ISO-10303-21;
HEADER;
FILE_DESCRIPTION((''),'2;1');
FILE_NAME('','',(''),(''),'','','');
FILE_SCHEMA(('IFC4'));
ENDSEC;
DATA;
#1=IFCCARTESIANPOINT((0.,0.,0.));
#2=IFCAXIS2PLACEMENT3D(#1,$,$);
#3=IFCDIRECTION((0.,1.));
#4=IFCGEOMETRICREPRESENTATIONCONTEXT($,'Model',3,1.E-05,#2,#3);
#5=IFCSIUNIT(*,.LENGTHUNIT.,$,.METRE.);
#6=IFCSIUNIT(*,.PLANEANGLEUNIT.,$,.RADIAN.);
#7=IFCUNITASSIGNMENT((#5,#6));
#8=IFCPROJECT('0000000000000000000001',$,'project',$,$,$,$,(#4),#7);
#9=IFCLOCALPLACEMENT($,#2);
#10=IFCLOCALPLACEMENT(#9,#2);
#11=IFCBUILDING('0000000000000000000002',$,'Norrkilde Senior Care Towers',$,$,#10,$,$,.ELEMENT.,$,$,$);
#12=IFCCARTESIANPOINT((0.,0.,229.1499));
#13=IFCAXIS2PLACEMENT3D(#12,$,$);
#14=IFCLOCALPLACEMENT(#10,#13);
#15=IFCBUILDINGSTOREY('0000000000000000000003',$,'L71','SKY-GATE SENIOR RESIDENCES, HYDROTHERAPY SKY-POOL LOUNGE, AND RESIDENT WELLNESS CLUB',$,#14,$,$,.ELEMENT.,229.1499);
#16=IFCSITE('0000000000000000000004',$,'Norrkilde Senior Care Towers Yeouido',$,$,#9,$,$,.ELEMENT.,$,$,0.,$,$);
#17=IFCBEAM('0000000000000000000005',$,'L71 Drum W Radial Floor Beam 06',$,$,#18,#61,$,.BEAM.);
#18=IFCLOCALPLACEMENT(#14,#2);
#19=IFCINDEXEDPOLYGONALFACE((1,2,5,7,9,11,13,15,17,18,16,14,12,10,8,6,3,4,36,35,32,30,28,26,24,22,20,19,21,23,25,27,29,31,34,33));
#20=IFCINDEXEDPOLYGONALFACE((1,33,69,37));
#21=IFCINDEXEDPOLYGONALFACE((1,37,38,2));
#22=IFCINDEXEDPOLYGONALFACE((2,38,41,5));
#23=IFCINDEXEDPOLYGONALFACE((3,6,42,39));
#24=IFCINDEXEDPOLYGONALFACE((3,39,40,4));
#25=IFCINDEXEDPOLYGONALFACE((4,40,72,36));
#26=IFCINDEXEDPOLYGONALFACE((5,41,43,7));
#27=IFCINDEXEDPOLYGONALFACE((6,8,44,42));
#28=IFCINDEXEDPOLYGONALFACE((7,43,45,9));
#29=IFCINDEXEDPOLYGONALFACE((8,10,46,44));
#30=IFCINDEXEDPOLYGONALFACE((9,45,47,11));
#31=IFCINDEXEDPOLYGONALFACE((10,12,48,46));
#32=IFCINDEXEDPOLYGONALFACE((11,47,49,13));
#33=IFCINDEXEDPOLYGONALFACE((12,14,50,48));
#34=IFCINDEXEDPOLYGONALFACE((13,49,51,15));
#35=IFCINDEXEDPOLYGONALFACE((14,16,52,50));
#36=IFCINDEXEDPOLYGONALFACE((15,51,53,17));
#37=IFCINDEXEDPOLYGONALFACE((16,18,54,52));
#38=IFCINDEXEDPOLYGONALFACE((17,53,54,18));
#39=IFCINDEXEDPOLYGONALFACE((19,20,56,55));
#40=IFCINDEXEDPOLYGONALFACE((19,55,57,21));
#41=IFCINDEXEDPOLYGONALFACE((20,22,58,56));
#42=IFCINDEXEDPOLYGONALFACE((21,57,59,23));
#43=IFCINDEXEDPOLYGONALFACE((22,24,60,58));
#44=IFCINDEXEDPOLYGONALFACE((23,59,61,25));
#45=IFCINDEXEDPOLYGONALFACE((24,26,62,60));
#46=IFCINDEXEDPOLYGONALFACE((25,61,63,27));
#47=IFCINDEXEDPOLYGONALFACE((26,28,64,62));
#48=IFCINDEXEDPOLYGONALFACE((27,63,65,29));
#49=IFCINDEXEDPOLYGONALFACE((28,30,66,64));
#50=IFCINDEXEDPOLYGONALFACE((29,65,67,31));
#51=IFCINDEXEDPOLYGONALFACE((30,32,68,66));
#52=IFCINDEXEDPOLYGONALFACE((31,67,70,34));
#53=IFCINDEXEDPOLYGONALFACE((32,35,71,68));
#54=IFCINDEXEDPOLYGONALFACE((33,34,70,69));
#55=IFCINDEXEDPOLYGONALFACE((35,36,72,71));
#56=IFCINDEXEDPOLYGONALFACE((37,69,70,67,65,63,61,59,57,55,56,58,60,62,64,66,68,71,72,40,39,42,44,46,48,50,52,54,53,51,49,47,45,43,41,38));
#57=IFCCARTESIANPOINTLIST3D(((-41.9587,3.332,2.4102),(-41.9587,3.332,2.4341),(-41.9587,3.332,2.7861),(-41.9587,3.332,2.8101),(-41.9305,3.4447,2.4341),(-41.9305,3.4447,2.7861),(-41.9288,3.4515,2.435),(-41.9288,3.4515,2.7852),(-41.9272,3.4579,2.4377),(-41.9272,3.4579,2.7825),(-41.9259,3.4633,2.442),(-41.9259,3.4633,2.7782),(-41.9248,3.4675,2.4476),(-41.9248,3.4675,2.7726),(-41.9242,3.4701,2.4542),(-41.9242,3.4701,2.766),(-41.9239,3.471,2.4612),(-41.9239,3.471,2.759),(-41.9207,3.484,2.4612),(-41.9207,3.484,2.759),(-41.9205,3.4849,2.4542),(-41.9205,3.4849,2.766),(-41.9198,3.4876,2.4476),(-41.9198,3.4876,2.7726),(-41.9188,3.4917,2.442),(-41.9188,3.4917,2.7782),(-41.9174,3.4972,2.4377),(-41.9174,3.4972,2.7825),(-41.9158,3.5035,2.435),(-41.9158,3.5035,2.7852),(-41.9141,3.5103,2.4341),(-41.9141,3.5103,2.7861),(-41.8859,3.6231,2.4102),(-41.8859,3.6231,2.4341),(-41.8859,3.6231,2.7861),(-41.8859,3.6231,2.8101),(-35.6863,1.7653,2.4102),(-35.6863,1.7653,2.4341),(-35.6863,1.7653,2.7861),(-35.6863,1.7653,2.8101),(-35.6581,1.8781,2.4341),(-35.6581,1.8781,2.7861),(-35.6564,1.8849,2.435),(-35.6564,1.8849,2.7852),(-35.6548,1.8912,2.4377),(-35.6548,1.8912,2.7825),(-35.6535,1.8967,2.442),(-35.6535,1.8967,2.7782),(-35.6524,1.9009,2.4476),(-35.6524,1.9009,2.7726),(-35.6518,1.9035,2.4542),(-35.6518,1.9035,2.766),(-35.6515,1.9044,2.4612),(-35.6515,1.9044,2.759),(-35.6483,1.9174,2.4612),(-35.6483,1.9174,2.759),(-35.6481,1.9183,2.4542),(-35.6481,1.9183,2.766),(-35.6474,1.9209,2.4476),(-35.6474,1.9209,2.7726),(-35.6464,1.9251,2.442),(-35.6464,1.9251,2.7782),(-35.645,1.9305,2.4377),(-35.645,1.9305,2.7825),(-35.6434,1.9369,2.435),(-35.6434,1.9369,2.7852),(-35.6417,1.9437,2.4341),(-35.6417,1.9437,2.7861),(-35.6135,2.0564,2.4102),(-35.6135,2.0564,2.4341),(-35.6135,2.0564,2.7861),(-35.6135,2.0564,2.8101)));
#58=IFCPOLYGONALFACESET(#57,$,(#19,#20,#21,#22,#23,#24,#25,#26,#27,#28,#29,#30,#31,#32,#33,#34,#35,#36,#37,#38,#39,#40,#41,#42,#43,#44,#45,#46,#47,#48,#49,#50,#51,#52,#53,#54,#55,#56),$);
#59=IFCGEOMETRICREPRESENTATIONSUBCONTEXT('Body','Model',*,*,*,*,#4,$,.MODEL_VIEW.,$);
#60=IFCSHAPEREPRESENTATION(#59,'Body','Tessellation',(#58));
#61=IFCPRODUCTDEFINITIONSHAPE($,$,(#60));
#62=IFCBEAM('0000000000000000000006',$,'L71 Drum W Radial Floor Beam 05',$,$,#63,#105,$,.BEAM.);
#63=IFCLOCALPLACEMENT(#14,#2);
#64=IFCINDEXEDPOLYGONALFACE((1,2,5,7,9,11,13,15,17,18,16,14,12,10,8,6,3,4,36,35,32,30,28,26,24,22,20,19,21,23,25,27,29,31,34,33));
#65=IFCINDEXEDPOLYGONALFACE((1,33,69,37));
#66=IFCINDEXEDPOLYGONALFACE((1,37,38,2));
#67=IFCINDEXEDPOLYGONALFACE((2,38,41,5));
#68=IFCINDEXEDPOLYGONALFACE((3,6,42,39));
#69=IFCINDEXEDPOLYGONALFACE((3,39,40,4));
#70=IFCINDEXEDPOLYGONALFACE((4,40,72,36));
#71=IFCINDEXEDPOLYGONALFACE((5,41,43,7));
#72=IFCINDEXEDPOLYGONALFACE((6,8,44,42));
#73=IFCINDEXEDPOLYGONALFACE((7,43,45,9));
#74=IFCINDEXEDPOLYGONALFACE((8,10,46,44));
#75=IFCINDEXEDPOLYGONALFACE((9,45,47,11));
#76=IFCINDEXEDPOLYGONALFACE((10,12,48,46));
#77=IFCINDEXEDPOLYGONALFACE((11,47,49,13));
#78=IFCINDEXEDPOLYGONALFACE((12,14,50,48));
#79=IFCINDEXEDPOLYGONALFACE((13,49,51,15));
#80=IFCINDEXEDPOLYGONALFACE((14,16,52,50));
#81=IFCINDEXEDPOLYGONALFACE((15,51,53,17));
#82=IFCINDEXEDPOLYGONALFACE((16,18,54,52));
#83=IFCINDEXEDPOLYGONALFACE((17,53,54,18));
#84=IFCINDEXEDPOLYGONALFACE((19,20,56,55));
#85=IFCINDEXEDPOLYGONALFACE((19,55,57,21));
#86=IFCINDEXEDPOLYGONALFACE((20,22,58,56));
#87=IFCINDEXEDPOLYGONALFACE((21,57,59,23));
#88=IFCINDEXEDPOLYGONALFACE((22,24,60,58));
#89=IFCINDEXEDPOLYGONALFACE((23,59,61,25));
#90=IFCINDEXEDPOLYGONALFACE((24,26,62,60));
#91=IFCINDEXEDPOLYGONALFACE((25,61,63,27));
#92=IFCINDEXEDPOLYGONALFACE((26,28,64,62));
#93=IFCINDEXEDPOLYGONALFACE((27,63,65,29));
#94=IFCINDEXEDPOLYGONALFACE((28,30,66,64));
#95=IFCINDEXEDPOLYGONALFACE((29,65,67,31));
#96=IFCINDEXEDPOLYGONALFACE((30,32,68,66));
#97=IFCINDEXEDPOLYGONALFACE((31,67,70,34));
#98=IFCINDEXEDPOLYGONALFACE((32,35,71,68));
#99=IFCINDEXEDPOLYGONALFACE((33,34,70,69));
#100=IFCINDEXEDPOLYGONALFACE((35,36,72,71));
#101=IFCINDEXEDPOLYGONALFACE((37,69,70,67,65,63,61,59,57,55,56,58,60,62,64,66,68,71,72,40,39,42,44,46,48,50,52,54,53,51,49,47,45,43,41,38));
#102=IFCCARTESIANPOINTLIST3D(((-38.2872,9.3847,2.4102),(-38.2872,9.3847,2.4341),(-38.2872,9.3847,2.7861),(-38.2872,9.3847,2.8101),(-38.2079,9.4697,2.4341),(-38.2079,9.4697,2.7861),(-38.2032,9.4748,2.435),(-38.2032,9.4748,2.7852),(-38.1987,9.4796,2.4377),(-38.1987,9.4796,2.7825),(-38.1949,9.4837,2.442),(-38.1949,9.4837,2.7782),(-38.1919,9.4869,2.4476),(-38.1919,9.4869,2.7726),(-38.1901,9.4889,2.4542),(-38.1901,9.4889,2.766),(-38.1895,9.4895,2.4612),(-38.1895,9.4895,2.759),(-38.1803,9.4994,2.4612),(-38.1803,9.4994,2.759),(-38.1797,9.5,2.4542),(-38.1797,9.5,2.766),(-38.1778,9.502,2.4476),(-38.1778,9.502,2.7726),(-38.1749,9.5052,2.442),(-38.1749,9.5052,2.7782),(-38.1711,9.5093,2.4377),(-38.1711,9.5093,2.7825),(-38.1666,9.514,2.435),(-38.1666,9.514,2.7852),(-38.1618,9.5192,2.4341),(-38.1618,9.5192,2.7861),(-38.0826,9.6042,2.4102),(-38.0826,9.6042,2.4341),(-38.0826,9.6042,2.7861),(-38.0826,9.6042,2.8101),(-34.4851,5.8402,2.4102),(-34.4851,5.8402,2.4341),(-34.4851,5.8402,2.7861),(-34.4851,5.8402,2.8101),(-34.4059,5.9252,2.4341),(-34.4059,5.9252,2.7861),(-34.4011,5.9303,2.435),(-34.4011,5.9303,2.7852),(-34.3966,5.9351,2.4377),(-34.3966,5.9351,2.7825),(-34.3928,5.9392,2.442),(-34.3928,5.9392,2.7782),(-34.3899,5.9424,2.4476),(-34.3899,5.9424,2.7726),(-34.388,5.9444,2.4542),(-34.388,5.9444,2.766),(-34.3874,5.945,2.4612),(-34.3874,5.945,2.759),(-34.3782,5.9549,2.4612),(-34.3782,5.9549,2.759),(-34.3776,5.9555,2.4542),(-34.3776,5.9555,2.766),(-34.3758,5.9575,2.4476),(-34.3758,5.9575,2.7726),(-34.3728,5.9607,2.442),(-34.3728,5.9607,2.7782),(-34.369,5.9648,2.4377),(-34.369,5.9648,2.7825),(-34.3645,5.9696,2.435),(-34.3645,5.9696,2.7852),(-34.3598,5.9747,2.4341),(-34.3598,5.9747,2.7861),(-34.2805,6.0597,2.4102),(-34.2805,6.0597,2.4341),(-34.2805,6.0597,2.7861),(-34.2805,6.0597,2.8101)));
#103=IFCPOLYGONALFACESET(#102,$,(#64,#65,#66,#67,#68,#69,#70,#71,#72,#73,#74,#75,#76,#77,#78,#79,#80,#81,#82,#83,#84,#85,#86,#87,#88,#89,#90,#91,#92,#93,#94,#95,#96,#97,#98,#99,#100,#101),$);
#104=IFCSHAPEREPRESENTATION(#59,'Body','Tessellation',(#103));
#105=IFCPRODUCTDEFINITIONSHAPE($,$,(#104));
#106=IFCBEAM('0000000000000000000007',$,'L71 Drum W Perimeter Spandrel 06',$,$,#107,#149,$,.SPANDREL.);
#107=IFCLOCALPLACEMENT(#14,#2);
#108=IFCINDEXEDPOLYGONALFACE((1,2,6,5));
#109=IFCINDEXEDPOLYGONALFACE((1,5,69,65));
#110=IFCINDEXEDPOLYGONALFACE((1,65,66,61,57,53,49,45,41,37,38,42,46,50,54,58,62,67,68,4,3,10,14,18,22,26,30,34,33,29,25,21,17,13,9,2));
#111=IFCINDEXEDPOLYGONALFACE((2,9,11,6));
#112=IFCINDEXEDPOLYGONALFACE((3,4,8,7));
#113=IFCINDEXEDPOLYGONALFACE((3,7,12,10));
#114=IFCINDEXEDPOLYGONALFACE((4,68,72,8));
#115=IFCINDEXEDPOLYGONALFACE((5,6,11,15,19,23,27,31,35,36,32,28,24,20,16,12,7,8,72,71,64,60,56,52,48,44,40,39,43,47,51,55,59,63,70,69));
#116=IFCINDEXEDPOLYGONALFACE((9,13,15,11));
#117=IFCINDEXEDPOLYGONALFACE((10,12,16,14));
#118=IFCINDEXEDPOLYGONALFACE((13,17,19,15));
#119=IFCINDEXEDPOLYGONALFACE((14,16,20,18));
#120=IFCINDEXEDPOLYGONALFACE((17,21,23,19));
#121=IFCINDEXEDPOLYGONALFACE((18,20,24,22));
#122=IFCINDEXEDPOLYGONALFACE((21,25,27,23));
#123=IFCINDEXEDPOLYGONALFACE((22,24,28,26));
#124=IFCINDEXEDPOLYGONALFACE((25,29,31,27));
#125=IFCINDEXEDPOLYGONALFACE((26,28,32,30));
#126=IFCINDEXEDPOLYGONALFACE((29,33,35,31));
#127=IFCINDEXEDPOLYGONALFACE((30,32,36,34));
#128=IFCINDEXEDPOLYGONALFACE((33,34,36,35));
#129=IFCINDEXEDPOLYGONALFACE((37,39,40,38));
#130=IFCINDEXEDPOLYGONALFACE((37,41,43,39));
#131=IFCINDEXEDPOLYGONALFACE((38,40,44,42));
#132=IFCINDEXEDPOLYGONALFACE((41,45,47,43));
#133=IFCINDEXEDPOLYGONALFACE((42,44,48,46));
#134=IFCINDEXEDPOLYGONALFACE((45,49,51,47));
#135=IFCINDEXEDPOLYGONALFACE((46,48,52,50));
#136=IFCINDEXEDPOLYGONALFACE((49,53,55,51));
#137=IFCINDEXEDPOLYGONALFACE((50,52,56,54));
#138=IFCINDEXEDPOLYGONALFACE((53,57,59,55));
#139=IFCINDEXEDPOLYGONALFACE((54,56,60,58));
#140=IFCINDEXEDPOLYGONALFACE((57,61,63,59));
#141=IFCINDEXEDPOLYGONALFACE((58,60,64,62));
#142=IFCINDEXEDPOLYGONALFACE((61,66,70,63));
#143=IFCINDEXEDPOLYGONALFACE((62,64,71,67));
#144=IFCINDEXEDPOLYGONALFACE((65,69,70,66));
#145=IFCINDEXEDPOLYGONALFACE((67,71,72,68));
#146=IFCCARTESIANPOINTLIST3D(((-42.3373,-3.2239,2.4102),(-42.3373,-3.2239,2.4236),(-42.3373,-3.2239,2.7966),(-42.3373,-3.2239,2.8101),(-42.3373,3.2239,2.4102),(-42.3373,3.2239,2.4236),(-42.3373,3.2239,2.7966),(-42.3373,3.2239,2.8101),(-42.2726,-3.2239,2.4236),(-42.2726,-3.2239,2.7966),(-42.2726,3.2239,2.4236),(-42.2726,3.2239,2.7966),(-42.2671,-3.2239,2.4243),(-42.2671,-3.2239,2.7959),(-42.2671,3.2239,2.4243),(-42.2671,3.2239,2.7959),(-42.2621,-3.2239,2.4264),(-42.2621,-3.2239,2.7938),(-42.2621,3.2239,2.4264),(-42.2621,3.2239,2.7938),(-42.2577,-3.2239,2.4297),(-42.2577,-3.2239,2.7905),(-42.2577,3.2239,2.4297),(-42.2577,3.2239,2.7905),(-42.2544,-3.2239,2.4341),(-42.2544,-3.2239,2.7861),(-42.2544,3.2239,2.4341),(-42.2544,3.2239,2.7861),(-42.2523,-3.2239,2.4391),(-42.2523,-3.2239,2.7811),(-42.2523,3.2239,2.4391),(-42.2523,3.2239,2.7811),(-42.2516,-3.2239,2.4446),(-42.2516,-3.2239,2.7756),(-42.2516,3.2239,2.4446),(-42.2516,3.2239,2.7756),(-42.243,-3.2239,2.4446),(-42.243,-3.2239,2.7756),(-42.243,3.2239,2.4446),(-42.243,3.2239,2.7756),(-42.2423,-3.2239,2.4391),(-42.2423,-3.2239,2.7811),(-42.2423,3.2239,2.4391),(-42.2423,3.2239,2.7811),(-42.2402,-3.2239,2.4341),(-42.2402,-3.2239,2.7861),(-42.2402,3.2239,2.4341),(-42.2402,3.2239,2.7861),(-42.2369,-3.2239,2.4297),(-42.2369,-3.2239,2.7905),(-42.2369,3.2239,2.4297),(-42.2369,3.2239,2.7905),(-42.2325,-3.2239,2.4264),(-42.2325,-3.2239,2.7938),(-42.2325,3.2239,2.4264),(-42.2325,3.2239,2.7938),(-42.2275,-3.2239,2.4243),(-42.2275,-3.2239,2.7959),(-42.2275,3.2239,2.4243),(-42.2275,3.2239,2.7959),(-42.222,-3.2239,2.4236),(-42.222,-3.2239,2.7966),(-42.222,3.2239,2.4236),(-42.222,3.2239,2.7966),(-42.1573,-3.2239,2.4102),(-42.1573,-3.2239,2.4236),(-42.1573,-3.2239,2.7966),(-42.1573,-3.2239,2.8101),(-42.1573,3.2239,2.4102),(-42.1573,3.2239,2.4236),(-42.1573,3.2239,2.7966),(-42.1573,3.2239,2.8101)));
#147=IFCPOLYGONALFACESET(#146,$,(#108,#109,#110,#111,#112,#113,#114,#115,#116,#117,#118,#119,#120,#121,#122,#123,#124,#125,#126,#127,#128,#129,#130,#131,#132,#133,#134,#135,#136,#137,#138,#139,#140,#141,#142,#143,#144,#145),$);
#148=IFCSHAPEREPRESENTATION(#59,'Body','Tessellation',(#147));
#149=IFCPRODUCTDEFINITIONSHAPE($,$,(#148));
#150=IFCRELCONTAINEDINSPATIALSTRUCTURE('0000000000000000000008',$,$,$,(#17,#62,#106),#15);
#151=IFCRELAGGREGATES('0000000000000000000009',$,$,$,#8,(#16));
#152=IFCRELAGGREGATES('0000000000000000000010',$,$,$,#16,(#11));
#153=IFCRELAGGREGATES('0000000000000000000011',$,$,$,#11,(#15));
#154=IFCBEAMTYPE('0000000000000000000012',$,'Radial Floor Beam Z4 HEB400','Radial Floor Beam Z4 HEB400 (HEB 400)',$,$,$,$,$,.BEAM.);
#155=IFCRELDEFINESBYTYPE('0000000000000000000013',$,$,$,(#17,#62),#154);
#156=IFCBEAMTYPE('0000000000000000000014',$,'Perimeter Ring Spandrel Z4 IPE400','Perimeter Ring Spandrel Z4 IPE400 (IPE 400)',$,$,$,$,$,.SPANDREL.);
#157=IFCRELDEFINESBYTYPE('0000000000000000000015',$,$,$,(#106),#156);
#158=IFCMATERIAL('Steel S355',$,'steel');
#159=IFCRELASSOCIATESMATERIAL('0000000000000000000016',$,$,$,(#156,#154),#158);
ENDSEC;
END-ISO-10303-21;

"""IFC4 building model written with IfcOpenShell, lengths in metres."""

from ifc_helpers import new_model, si_unit, direction, frame, origin, origin_2d, place, context, subcontext, project, spatial, i_section, extrude, source, transform, mapped, material, material_profile, profile_set, type_object, type_shapes, element, save


model = new_model("IFC4")

# Units and contexts
model_context = context("Model", 3, precision=1e-05, world=origin(), true_north=direction((0.0, 1.0)))
body_context = subcontext(model_context, "Body", "Model", "MODEL_VIEW")
ifc_project = project(units=[si_unit("LENGTHUNIT", "METRE"), si_unit("PLANEANGLEUNIT", "RADIAN")], contexts=[model_context])

# Site, building, storey
site_placement = place(None, origin())
site = spatial("IfcSite", under=ifc_project, at=site_placement, Name="Norrkilde Senior Care Towers Yeouido", CompositionType="ELEMENT", RefElevation=0.0)
building_placement = place(site_placement, origin())
building = spatial("IfcBuilding", under=site, at=building_placement, Name="Norrkilde Senior Care Towers", CompositionType="ELEMENT")
storey_placement = place(building_placement, frame((0.0, 0.0, 229.1499)))
storey = spatial("IfcBuildingStorey", under=building, at=storey_placement, Name="L71", Description="SKY-GATE SENIOR RESIDENCES, HYDROTHERAPY SKY-POOL LOUNGE, AND RESIDENT WELLNESS CLUB", CompositionType="ELEMENT", Elevation=229.1499)

# Beams
ifc_material_1 = material(Name="Steel S355", Category="steel")
ifc_material_profile_1 = material_profile(ifc_material_1, i_section(OverallWidth=0.1799, OverallDepth=0.3999, WebThickness=0.0085, FlangeThickness=0.0134, FilletRadius=0.021, at=origin_2d()), Name="IPE 400")
ifc_profile_set_1 = profile_set([ifc_material_profile_1], Name="Steel S355")
beam_type_1 = type_object("IfcBeamType", Name="Perimeter Ring Spandrel Z4 IPE400", Description="Perimeter Ring Spandrel Z4 IPE400 (IPE 400)", PredefinedType="SPANDREL", material=ifc_profile_set_1)
ifc_material_profile_2 = material_profile(ifc_material_1, i_section(OverallWidth=0.3, OverallDepth=0.3999, WebThickness=0.0134, FlangeThickness=0.0239, FilletRadius=0.0271, at=origin_2d()), Name="HEB 400")
ifc_profile_set_2 = profile_set([ifc_material_profile_2], Name="Steel S355")
beam_type_2 = type_object("IfcBeamType", Name="Radial Floor Beam Z4 HEB400", Description="Radial Floor Beam Z4 HEB400 (HEB 400)", PredefinedType="BEAM", material=ifc_profile_set_2)
shared_shape_1 = source(origin(), body_context, "Body", "SweptSolid", [
    extrude(i_section(OverallWidth=0.3, OverallDepth=0.3999, WebThickness=0.0134, FlangeThickness=0.0239, FilletRadius=0.0271, at=origin_2d()), origin(), (0.0, 0.0, 1.0), 6.4651),
])
beam_1_placement = place(storey_placement, frame((-35.6499, 1.9109, 2.6101), z_axis=(-0.970196, 0.242322, 0.0), x_axis=(-0.242322, -0.970196, 0.0)))
element("IfcBeam", 1, at=beam_1_placement, inside=storey, type_object=beam_type_2, Name="L71 Drum W Radial Floor Beam 06", PredefinedType="BEAM", context=body_context, shape_type="MappedRepresentation", body=[
    mapped(shared_shape_1, transform((0.0, 0.0, 0.0), x_axis=(1.0, 0.0, 0.0), y_axis=(0.0, 1.0, 0.0), z_axis=(0.0, 0.0, 1.0), scale=1.0)),
])
shared_shape_2 = source(origin(), body_context, "Body", "SweptSolid", [
    extrude(i_section(OverallWidth=0.3, OverallDepth=0.3999, WebThickness=0.0134, FlangeThickness=0.0239, FilletRadius=0.0271, at=origin_2d()), origin(), (0.0, 0.0, 1.0), 5.198),
])
type_shapes(beam_type_2, [shared_shape_1, shared_shape_2])
beam_2_placement = place(storey_placement, frame((-34.3828, 5.95, 2.6101), z_axis=(-0.731449, 0.681896, 0.0), x_axis=(-0.681896, -0.731449, 0.0)))
element("IfcBeam", 2, at=beam_2_placement, inside=storey, type_object=beam_type_2, Name="L71 Drum W Radial Floor Beam 05", PredefinedType="BEAM", context=body_context, shape_type="MappedRepresentation", body=[
    mapped(shared_shape_2, transform((0.0, 0.0, 0.0), x_axis=(1.0, 0.0, 0.0), y_axis=(0.0, 1.0, 0.0), z_axis=(0.0, 0.0, 1.0), scale=1.0)),
])
shared_shape_3 = source(origin(), body_context, "Body", "SweptSolid", [
    extrude(i_section(OverallWidth=0.1799, OverallDepth=0.3999, WebThickness=0.0085, FlangeThickness=0.0134, FilletRadius=0.021, at=origin_2d()), origin(), (0.0, 0.0, 1.0), 6.4478),
])
beam_3_placement = place(storey_placement, frame((-42.2473, 3.2239, 2.6101), z_axis=(0.0, -1.0, 0.0), x_axis=(1.0, 0.0, 0.0)))
element("IfcBeam", 3, at=beam_3_placement, inside=storey, type_object=beam_type_1, Name="L71 Drum W Perimeter Spandrel 06", PredefinedType="SPANDREL", context=body_context, shape_type="MappedRepresentation", body=[
    mapped(shared_shape_3, transform((0.0, 0.0, 0.0), x_axis=(1.0, 0.0, 0.0), y_axis=(0.0, 1.0, 0.0), z_axis=(0.0, 0.0, 1.0), scale=1.0)),
])

save(model, "model.ifc")
